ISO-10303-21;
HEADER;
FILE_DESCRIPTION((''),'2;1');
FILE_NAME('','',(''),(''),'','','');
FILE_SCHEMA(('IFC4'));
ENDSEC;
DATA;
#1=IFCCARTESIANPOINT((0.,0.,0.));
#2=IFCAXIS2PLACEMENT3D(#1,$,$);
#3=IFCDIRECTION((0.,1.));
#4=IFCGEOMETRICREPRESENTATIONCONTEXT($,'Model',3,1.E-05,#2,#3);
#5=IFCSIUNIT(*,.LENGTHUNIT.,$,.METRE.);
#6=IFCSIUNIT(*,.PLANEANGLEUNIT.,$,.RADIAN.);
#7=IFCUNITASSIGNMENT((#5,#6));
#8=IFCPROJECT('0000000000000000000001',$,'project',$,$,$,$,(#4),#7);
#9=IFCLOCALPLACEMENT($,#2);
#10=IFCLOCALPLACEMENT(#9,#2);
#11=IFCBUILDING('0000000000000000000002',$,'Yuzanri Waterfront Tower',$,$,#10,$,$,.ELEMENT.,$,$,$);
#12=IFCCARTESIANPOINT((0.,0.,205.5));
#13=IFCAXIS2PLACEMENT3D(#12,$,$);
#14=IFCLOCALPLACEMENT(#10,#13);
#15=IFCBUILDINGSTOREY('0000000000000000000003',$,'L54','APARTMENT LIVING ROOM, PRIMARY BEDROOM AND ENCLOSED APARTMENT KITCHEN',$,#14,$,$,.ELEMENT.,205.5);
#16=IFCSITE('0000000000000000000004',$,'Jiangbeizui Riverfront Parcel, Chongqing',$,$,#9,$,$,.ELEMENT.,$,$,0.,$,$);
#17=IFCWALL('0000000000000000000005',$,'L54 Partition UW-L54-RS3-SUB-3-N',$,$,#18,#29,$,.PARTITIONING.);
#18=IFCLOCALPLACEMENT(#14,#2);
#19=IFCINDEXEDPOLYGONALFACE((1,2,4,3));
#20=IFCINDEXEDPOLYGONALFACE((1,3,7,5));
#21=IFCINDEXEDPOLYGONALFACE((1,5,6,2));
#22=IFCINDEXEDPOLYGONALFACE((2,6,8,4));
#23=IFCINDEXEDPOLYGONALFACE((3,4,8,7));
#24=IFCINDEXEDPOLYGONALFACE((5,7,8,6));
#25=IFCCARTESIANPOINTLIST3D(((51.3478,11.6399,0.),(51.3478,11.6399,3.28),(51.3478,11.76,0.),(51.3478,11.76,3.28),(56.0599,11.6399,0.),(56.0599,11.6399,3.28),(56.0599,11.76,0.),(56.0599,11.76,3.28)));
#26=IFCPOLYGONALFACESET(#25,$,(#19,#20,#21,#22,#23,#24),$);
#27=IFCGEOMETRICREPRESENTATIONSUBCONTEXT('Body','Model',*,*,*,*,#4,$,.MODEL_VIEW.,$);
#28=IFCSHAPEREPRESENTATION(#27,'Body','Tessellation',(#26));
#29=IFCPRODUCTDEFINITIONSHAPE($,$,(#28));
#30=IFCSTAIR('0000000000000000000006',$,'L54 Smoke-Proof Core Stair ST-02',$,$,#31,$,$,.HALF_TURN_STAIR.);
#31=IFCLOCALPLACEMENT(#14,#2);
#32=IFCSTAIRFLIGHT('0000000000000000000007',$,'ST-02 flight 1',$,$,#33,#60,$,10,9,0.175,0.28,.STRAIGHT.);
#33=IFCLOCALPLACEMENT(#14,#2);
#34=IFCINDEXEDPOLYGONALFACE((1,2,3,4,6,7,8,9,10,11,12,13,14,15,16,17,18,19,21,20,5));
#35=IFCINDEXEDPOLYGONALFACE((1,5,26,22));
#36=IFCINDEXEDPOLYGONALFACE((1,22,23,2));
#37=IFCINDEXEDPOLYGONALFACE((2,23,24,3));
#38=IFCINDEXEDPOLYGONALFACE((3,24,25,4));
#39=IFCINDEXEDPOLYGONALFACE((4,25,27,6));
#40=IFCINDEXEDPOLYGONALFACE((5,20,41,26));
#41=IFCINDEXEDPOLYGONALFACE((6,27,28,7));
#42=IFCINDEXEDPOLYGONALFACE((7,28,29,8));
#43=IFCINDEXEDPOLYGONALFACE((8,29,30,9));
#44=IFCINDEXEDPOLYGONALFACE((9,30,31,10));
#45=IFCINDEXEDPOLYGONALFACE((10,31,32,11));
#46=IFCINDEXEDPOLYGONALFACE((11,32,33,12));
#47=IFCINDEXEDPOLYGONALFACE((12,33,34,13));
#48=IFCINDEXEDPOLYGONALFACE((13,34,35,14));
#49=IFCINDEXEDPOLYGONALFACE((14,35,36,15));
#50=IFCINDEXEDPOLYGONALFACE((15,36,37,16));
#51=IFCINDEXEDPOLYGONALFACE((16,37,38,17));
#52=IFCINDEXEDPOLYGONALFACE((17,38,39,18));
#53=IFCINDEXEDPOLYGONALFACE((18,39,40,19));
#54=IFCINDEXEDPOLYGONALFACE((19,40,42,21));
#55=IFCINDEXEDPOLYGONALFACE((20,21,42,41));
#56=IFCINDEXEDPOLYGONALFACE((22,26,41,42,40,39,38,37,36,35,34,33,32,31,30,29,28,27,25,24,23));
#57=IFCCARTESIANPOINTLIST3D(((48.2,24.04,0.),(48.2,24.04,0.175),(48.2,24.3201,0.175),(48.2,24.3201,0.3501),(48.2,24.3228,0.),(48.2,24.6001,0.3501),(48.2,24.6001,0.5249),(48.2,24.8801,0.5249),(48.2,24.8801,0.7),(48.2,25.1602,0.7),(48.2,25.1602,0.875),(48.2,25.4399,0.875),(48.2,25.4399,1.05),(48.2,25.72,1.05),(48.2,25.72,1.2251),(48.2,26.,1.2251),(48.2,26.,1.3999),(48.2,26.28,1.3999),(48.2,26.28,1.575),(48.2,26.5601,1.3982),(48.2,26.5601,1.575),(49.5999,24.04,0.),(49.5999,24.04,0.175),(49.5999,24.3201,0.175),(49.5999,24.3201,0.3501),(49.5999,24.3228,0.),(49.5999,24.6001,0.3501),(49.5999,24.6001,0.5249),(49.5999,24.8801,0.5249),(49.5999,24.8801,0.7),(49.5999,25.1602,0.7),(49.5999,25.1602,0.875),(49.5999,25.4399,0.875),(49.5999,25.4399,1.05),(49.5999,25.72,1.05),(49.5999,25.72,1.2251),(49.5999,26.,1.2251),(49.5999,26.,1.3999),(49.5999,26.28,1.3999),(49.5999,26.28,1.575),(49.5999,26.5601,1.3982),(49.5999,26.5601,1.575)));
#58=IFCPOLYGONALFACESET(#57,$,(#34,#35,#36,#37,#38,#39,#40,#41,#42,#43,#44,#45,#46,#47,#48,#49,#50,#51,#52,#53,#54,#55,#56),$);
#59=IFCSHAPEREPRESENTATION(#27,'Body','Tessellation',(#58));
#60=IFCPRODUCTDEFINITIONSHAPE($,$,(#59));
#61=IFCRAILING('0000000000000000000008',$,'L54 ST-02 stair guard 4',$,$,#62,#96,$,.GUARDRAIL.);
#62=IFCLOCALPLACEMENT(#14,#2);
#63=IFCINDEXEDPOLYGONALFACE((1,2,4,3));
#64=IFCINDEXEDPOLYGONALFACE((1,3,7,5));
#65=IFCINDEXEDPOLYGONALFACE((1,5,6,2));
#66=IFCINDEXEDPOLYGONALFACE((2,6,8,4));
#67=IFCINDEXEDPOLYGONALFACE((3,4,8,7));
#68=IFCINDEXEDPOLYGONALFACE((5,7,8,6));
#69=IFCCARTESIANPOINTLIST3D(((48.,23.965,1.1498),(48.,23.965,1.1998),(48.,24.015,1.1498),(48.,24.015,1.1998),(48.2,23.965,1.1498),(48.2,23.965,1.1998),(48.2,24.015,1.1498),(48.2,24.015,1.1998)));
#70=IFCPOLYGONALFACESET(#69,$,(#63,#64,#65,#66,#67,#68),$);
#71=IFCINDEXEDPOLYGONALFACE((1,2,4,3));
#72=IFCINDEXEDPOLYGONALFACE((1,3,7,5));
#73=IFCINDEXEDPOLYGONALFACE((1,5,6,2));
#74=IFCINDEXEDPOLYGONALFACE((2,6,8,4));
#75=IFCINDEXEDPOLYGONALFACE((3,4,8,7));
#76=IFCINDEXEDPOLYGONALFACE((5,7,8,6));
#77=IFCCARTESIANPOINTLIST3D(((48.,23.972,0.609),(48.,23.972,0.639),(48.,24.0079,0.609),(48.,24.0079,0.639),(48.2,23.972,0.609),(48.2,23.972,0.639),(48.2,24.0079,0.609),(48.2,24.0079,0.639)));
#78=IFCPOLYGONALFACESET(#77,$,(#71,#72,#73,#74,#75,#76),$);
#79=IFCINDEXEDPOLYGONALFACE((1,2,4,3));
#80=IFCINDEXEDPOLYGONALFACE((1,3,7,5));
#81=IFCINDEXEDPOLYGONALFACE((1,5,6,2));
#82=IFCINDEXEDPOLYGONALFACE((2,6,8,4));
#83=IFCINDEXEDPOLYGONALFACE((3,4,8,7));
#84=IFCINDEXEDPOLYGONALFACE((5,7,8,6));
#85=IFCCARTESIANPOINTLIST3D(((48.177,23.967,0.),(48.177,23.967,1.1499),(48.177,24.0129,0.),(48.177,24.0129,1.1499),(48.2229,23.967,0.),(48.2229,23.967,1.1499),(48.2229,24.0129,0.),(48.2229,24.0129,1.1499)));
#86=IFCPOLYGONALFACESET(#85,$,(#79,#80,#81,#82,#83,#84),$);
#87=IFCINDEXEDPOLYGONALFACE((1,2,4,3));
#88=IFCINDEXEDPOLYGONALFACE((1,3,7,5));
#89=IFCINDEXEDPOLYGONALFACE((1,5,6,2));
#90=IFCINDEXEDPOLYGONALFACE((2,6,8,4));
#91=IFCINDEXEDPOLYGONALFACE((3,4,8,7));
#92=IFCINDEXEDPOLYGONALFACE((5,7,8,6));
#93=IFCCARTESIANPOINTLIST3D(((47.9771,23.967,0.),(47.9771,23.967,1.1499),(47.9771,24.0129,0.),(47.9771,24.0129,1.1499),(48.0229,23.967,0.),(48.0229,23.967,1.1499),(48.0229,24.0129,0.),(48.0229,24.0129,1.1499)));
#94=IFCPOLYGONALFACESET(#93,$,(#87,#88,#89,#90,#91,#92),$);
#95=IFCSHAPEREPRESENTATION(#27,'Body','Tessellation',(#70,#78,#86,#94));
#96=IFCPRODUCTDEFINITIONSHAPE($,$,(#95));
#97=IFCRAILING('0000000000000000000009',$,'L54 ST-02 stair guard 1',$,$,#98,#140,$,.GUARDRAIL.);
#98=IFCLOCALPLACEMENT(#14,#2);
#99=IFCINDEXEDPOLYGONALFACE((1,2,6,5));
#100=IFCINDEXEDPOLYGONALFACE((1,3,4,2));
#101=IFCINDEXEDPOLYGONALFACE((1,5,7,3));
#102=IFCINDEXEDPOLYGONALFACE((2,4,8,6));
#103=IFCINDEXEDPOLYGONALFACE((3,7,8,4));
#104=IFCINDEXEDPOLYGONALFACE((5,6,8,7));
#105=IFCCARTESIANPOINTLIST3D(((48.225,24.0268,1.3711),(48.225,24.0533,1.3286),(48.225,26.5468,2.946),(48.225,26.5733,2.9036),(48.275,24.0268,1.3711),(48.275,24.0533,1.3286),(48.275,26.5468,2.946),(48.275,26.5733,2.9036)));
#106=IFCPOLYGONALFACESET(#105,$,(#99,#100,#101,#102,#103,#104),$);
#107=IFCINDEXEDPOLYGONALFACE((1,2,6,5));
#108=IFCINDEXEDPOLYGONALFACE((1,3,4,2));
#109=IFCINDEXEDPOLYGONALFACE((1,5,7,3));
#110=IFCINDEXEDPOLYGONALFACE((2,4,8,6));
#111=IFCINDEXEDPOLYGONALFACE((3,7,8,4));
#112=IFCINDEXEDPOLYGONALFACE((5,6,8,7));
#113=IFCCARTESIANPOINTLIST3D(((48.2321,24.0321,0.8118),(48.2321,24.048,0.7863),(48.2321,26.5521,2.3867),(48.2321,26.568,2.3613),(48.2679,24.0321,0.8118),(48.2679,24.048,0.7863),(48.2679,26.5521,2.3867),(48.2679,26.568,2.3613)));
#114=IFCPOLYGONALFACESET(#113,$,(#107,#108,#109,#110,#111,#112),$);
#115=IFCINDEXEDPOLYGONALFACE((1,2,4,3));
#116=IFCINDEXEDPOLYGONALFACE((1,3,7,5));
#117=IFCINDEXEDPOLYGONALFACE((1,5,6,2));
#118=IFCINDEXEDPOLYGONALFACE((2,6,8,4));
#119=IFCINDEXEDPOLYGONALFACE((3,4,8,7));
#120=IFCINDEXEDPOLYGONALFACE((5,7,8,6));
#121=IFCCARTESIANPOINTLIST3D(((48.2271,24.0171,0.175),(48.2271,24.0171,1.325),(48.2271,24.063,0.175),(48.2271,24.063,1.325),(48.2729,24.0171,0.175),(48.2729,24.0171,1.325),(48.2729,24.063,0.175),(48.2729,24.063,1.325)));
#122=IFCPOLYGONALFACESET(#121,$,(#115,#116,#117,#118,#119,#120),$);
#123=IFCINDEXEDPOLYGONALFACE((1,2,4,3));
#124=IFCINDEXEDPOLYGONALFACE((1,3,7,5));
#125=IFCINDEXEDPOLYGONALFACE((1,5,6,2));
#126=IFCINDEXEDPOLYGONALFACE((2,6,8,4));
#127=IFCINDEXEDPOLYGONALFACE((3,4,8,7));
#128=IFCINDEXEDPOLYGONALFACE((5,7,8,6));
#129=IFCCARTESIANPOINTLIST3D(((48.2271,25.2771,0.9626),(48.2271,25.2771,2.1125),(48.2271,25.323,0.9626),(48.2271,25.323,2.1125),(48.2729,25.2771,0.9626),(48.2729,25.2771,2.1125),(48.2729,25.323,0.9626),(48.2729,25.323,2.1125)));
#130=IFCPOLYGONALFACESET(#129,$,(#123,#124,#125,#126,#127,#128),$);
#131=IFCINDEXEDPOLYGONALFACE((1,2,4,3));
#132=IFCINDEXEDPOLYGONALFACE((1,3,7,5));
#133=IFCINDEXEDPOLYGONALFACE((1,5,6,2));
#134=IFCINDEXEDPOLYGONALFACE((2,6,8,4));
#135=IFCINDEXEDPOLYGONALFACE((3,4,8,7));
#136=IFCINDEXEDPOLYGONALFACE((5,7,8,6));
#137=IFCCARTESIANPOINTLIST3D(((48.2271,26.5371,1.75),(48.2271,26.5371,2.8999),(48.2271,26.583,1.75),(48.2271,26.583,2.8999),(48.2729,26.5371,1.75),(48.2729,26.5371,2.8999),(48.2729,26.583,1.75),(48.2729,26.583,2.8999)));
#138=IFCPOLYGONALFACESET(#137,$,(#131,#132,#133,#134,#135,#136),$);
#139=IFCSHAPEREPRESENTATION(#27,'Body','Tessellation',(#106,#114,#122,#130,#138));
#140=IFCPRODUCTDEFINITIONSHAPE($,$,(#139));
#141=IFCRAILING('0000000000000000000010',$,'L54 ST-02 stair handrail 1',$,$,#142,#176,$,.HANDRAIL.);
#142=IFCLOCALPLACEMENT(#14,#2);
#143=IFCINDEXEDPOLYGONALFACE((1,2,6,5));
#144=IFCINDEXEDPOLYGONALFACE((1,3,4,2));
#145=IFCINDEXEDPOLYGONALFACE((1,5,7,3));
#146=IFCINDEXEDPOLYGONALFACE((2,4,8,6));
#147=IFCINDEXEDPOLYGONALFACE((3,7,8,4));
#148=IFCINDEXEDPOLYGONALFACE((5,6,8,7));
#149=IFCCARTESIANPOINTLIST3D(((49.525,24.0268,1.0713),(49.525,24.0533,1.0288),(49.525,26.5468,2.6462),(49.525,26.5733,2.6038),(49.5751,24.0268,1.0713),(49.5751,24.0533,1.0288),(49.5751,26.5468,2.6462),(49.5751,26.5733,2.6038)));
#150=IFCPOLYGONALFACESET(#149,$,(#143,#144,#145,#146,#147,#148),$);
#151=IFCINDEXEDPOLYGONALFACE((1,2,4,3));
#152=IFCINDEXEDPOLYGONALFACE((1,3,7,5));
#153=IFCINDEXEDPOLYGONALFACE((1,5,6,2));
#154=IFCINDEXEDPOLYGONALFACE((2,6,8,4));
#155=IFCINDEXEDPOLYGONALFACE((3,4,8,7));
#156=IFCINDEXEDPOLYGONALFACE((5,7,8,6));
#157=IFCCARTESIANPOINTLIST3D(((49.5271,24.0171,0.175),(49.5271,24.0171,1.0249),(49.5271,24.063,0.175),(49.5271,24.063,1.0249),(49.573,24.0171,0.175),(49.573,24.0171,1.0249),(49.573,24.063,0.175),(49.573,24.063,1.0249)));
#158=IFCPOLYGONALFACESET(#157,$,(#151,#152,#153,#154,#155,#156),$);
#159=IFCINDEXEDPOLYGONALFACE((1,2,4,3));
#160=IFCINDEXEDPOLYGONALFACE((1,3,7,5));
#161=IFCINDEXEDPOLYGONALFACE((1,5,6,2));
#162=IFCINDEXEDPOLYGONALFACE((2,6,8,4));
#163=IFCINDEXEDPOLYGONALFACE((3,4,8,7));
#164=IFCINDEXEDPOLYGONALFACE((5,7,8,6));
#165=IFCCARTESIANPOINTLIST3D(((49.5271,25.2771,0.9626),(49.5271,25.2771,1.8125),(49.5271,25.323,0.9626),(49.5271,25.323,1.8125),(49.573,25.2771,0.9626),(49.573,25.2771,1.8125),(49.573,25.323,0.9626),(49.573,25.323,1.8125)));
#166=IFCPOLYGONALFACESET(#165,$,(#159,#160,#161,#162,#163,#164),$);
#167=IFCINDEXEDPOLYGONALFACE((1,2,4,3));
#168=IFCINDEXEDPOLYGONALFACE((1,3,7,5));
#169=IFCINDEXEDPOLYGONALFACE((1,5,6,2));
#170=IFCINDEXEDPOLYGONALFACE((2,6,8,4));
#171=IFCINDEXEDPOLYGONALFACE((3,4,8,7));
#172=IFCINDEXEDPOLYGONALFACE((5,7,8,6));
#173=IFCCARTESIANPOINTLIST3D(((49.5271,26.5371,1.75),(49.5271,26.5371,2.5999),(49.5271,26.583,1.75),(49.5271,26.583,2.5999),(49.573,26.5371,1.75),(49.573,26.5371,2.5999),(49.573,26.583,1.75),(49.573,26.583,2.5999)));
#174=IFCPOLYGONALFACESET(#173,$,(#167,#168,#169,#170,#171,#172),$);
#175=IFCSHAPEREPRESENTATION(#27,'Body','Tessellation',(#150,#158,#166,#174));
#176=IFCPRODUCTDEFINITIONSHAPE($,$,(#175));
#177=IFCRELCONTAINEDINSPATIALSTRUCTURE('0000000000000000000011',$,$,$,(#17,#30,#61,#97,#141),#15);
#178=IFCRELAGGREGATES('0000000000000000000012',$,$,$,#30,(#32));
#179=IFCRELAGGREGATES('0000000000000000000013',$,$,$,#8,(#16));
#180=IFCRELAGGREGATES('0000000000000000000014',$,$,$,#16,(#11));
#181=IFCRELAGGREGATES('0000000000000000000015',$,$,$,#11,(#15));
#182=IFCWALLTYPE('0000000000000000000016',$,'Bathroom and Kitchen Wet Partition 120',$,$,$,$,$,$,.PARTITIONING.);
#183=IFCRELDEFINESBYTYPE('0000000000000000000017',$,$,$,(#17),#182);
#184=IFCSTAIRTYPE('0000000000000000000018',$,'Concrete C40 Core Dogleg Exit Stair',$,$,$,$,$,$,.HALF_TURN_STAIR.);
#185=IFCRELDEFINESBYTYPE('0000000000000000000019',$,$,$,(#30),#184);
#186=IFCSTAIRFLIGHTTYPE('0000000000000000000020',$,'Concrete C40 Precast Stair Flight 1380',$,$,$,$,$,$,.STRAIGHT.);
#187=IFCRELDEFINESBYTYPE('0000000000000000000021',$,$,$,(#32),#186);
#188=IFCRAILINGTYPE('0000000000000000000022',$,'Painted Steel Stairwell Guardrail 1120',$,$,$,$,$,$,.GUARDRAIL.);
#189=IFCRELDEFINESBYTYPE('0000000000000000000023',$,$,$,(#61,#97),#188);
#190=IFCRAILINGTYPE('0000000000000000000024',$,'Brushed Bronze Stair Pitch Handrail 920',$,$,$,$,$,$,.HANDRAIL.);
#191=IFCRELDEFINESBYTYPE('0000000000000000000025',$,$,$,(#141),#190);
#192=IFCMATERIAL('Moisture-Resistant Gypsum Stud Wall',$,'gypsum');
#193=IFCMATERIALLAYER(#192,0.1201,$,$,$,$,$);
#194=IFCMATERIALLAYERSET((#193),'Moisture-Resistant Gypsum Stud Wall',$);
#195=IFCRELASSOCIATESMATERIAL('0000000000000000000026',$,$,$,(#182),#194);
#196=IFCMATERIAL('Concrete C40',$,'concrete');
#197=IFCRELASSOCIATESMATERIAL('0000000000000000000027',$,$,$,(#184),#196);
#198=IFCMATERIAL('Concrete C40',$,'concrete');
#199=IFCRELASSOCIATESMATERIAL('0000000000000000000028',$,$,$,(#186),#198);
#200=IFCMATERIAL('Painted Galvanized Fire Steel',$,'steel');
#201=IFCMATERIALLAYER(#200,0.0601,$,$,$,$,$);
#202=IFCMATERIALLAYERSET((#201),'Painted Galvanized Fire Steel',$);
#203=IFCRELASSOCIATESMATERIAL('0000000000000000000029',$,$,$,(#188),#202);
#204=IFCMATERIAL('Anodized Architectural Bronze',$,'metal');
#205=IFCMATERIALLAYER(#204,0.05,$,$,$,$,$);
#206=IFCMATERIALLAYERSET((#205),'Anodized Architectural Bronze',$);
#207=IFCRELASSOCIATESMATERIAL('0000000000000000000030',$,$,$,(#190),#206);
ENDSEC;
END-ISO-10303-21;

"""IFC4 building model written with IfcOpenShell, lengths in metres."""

from ifc_helpers import new_model, si_unit, direction, frame, frame_2d, origin, origin_2d, place, context, subcontext, project, spatial, polyline, rectangle, outline, extrude, source, transform, mapped, material, layer, layer_set, type_object, element, aggregate, save


model = new_model("IFC4")

# Units and contexts
model_context = context("Model", 3, precision=1e-05, world=origin(), true_north=direction((0.0, 1.0)))
body_context = subcontext(model_context, "Body", "Model", "MODEL_VIEW")
ifc_project = project(units=[si_unit("LENGTHUNIT", "METRE"), si_unit("PLANEANGLEUNIT", "RADIAN")], contexts=[model_context])

# Site, building, storey
site_placement = place(None, origin())
site = spatial("IfcSite", under=ifc_project, at=site_placement, Name="Jiangbeizui Riverfront Parcel, Chongqing", CompositionType="ELEMENT", RefElevation=0.0)
building_placement = place(site_placement, origin())
building = spatial("IfcBuilding", under=site, at=building_placement, Name="Yuzanri Waterfront Tower", CompositionType="ELEMENT")
storey_placement = place(building_placement, frame((0.0, 0.0, 205.5)))
storey = spatial("IfcBuildingStorey", under=building, at=storey_placement, Name="L54", Description="APARTMENT LIVING ROOM, PRIMARY BEDROOM AND ENCLOSED APARTMENT KITCHEN", CompositionType="ELEMENT", Elevation=205.5)

# Shared definitions
ifc_material_1 = material(Name="Moisture-Resistant Gypsum Stud Wall", Category="gypsum")
ifc_layer_1 = layer(ifc_material_1, 0.1201)
ifc_layer_set_1 = layer_set([ifc_layer_1], Name="Moisture-Resistant Gypsum Stud Wall")
wall_type_1 = type_object("IfcWallType", Name="Bathroom and Kitchen Wet Partition 120", PredefinedType="PARTITIONING", material=ifc_layer_set_1)

# Wall
shared_shape_1 = source(origin(), body_context, "Body", "SweptSolid", [
    extrude(rectangle(XDim=4.7122, YDim=0.1201, at=frame_2d((2.356, 0.0))), origin(), (0.0, 0.0, 1.0), 3.28),
])
wall_1_placement = place(storey_placement, frame((51.3479, 11.7, 0.0), z_axis=(0.0, 0.0, 1.0), x_axis=(1.0, 0.0, 0.0)))
element("IfcWall", 1, at=wall_1_placement, inside=storey, type_object=wall_type_1, Name="L54 Partition UW-L54-RS3-SUB-3-N", PredefinedType="PARTITIONING", context=body_context, shape_type="MappedRepresentation", body=[
    mapped(shared_shape_1, transform((0.0, 0.0, 0.0), scale=1.0)),
])

# Stair, stair flight
ifc_material_2 = material(Name="Concrete C40", Category="concrete")
stair_type = type_object("IfcStairType", Name="Concrete C40 Core Dogleg Exit Stair", PredefinedType="HALF_TURN_STAIR", material=ifc_material_2)
stair_placement = place(storey_placement, origin())
stair = element("IfcStair", 2, at=stair_placement, inside=storey, type_object=stair_type, Name="L54 Smoke-Proof Core Stair ST-02", PredefinedType="HALF_TURN_STAIR")
ifc_material_3 = material(Name="Concrete C40", Category="concrete")
stair_flight_type = type_object("IfcStairFlightType", Name="Concrete C40 Precast Stair Flight 1380", PredefinedType="STRAIGHT", material=ifc_material_3)
shared_shape_2 = source(origin(), body_context, "Body", "SweptSolid", [
    extrude(outline(polyline([(0.0, 0.0), (0.0, 0.175), (0.28, 0.175), (0.28, 0.3501), (0.5601, 0.3501), (0.5601, 0.5249), (0.8401, 0.5249), (0.8401, 0.7), (1.1201, 0.7), (1.1201, 0.875), (1.3999, 0.875), (1.3999, 1.05), (1.6799, 1.05), (1.6799, 1.2251), (1.96, 1.2251), (1.96, 1.3999), (2.24, 1.3999), (2.24, 1.575), (2.52, 1.575), (2.52, 1.75), (2.52, 1.3982), (0.2827, 0.0), (0.0, 0.0)])), frame((0.0, 0.7, 0.0), z_axis=(0.0, -1.0, 0.0), x_axis=(1.0, 0.0, 0.0)), (0.0, 0.0, 1.0), 1.3999),
])
stair_flight_placement = place(storey_placement, frame((48.8999, 24.04, 0.0), z_axis=(0.0, 0.0, 1.0), x_axis=(0.0, 1.0, 0.0)))
stair_flight = element("IfcStairFlight", 3, at=stair_flight_placement, type_object=stair_flight_type, Name="ST-02 flight 1", NumberOfRisers=10, NumberOfTreads=9, PredefinedType="STRAIGHT", RiserHeight=0.175, TreadLength=0.28, context=body_context, shape_type="MappedRepresentation", body=[
    mapped(shared_shape_2, transform((0.0, 0.0, 0.0), scale=1.0)),
])
aggregate(stair, [stair_flight])

# Railings
ifc_material_4 = material(Name="Painted Galvanized Fire Steel", Category="steel")
ifc_layer_2 = layer(ifc_material_4, 0.0601)
ifc_layer_set_2 = layer_set([ifc_layer_2], Name="Painted Galvanized Fire Steel")
railing_type_1 = type_object("IfcRailingType", Name="Painted Steel Stairwell Guardrail 1120", PredefinedType="GUARDRAIL", material=ifc_layer_set_2)
shared_shape_3 = source(origin(), body_context, "Body", "SweptSolid", [
    extrude(rectangle(XDim=0.05, YDim=0.05, at=origin_2d()), frame((0.0, 0.0, 1.1748), z_axis=(-1.0, 0.0, 0.0), x_axis=(0.0, -1.0, 0.0)), (0.0, 0.0, 1.0), 0.2),
    extrude(rectangle(XDim=0.0359, YDim=0.03, at=origin_2d()), frame((0.0, 0.0, 0.624), z_axis=(-1.0, 0.0, 0.0), x_axis=(0.0, -1.0, 0.0)), (0.0, 0.0, 1.0), 0.2),
    extrude(rectangle(XDim=0.0459, YDim=0.0459, at=origin_2d()), origin(), (0.0, 0.0, 1.0), 1.1499),
    extrude(rectangle(XDim=0.0459, YDim=0.0459, at=origin_2d()), frame((-0.2, 0.0, 0.0)), (0.0, 0.0, 1.0), 1.1499),
])
railing_1_placement = place(storey_placement, frame((48.2, 23.99, 0.0)))
element("IfcRailing", 4, at=railing_1_placement, inside=storey, type_object=railing_type_1, Name="L54 ST-02 stair guard 4", PredefinedType="GUARDRAIL", context=body_context, shape_type="MappedRepresentation", body=[
    mapped(shared_shape_3, transform((0.0, 0.0, 0.0), scale=1.0)),
])
shared_shape_4 = source(origin(), body_context, "Body", "SweptSolid", [
    extrude(rectangle(XDim=0.05, YDim=0.05, at=origin_2d()), frame((0.0, 0.0, 1.1748), z_axis=(0.0, 0.848008, 0.529984), x_axis=(-1.0, 0.0, 0.0)), (0.0, 0.0, 1.0), 2.9717),
    extrude(rectangle(XDim=0.0359, YDim=0.03, at=origin_2d()), frame((0.0, 0.0, 0.624), z_axis=(0.0, 0.848008, 0.529984), x_axis=(-1.0, 0.0, 0.0)), (0.0, 0.0, 1.0), 2.9717),
    extrude(rectangle(XDim=0.0459, YDim=0.0459, at=origin_2d()), origin(), (0.0, 0.0, 1.0), 1.1499),
    extrude(rectangle(XDim=0.0459, YDim=0.0459, at=origin_2d()), frame((0.0, 1.26, 0.7876)), (0.0, 0.0, 1.0), 1.1499),
    extrude(rectangle(XDim=0.0459, YDim=0.0459, at=origin_2d()), frame((0.0, 2.52, 1.575)), (0.0, 0.0, 1.0), 1.1499),
])
railing_2_placement = place(storey_placement, frame((48.25, 24.04, 0.175)))
element("IfcRailing", 5, at=railing_2_placement, inside=storey, type_object=railing_type_1, Name="L54 ST-02 stair guard 1", PredefinedType="GUARDRAIL", context=body_context, shape_type="MappedRepresentation", body=[
    mapped(shared_shape_4, transform((0.0, 0.0, 0.0), scale=1.0)),
])
ifc_material_5 = material(Name="Anodized Architectural Bronze", Category="metal")
ifc_layer_3 = layer(ifc_material_5, 0.05)
ifc_layer_set_3 = layer_set([ifc_layer_3], Name="Anodized Architectural Bronze")
railing_type_2 = type_object("IfcRailingType", Name="Brushed Bronze Stair Pitch Handrail 920", PredefinedType="HANDRAIL", material=ifc_layer_set_3)
shared_shape_5 = source(origin(), body_context, "Body", "SweptSolid", [
    extrude(rectangle(XDim=0.05, YDim=0.05, at=origin_2d()), frame((0.0, 0.0, 0.875), z_axis=(0.0, 0.848008, 0.529984), x_axis=(-1.0, 0.0, 0.0)), (0.0, 0.0, 1.0), 2.9717),
    extrude(rectangle(XDim=0.0459, YDim=0.0459, at=origin_2d()), origin(), (0.0, 0.0, 1.0), 0.8499),
    extrude(rectangle(XDim=0.0459, YDim=0.0459, at=origin_2d()), frame((0.0, 1.26, 0.7876)), (0.0, 0.0, 1.0), 0.8499),
    extrude(rectangle(XDim=0.0459, YDim=0.0459, at=origin_2d()), frame((0.0, 2.52, 1.575)), (0.0, 0.0, 1.0), 0.8499),
])
railing_3_placement = place(storey_placement, frame((49.55, 24.04, 0.175)))
element("IfcRailing", 6, at=railing_3_placement, inside=storey, type_object=railing_type_2, Name="L54 ST-02 stair handrail 1", PredefinedType="HANDRAIL", context=body_context, shape_type="MappedRepresentation", body=[
    mapped(shared_shape_5, transform((0.0, 0.0, 0.0), scale=1.0)),
])

save(model, "model.ifc")
